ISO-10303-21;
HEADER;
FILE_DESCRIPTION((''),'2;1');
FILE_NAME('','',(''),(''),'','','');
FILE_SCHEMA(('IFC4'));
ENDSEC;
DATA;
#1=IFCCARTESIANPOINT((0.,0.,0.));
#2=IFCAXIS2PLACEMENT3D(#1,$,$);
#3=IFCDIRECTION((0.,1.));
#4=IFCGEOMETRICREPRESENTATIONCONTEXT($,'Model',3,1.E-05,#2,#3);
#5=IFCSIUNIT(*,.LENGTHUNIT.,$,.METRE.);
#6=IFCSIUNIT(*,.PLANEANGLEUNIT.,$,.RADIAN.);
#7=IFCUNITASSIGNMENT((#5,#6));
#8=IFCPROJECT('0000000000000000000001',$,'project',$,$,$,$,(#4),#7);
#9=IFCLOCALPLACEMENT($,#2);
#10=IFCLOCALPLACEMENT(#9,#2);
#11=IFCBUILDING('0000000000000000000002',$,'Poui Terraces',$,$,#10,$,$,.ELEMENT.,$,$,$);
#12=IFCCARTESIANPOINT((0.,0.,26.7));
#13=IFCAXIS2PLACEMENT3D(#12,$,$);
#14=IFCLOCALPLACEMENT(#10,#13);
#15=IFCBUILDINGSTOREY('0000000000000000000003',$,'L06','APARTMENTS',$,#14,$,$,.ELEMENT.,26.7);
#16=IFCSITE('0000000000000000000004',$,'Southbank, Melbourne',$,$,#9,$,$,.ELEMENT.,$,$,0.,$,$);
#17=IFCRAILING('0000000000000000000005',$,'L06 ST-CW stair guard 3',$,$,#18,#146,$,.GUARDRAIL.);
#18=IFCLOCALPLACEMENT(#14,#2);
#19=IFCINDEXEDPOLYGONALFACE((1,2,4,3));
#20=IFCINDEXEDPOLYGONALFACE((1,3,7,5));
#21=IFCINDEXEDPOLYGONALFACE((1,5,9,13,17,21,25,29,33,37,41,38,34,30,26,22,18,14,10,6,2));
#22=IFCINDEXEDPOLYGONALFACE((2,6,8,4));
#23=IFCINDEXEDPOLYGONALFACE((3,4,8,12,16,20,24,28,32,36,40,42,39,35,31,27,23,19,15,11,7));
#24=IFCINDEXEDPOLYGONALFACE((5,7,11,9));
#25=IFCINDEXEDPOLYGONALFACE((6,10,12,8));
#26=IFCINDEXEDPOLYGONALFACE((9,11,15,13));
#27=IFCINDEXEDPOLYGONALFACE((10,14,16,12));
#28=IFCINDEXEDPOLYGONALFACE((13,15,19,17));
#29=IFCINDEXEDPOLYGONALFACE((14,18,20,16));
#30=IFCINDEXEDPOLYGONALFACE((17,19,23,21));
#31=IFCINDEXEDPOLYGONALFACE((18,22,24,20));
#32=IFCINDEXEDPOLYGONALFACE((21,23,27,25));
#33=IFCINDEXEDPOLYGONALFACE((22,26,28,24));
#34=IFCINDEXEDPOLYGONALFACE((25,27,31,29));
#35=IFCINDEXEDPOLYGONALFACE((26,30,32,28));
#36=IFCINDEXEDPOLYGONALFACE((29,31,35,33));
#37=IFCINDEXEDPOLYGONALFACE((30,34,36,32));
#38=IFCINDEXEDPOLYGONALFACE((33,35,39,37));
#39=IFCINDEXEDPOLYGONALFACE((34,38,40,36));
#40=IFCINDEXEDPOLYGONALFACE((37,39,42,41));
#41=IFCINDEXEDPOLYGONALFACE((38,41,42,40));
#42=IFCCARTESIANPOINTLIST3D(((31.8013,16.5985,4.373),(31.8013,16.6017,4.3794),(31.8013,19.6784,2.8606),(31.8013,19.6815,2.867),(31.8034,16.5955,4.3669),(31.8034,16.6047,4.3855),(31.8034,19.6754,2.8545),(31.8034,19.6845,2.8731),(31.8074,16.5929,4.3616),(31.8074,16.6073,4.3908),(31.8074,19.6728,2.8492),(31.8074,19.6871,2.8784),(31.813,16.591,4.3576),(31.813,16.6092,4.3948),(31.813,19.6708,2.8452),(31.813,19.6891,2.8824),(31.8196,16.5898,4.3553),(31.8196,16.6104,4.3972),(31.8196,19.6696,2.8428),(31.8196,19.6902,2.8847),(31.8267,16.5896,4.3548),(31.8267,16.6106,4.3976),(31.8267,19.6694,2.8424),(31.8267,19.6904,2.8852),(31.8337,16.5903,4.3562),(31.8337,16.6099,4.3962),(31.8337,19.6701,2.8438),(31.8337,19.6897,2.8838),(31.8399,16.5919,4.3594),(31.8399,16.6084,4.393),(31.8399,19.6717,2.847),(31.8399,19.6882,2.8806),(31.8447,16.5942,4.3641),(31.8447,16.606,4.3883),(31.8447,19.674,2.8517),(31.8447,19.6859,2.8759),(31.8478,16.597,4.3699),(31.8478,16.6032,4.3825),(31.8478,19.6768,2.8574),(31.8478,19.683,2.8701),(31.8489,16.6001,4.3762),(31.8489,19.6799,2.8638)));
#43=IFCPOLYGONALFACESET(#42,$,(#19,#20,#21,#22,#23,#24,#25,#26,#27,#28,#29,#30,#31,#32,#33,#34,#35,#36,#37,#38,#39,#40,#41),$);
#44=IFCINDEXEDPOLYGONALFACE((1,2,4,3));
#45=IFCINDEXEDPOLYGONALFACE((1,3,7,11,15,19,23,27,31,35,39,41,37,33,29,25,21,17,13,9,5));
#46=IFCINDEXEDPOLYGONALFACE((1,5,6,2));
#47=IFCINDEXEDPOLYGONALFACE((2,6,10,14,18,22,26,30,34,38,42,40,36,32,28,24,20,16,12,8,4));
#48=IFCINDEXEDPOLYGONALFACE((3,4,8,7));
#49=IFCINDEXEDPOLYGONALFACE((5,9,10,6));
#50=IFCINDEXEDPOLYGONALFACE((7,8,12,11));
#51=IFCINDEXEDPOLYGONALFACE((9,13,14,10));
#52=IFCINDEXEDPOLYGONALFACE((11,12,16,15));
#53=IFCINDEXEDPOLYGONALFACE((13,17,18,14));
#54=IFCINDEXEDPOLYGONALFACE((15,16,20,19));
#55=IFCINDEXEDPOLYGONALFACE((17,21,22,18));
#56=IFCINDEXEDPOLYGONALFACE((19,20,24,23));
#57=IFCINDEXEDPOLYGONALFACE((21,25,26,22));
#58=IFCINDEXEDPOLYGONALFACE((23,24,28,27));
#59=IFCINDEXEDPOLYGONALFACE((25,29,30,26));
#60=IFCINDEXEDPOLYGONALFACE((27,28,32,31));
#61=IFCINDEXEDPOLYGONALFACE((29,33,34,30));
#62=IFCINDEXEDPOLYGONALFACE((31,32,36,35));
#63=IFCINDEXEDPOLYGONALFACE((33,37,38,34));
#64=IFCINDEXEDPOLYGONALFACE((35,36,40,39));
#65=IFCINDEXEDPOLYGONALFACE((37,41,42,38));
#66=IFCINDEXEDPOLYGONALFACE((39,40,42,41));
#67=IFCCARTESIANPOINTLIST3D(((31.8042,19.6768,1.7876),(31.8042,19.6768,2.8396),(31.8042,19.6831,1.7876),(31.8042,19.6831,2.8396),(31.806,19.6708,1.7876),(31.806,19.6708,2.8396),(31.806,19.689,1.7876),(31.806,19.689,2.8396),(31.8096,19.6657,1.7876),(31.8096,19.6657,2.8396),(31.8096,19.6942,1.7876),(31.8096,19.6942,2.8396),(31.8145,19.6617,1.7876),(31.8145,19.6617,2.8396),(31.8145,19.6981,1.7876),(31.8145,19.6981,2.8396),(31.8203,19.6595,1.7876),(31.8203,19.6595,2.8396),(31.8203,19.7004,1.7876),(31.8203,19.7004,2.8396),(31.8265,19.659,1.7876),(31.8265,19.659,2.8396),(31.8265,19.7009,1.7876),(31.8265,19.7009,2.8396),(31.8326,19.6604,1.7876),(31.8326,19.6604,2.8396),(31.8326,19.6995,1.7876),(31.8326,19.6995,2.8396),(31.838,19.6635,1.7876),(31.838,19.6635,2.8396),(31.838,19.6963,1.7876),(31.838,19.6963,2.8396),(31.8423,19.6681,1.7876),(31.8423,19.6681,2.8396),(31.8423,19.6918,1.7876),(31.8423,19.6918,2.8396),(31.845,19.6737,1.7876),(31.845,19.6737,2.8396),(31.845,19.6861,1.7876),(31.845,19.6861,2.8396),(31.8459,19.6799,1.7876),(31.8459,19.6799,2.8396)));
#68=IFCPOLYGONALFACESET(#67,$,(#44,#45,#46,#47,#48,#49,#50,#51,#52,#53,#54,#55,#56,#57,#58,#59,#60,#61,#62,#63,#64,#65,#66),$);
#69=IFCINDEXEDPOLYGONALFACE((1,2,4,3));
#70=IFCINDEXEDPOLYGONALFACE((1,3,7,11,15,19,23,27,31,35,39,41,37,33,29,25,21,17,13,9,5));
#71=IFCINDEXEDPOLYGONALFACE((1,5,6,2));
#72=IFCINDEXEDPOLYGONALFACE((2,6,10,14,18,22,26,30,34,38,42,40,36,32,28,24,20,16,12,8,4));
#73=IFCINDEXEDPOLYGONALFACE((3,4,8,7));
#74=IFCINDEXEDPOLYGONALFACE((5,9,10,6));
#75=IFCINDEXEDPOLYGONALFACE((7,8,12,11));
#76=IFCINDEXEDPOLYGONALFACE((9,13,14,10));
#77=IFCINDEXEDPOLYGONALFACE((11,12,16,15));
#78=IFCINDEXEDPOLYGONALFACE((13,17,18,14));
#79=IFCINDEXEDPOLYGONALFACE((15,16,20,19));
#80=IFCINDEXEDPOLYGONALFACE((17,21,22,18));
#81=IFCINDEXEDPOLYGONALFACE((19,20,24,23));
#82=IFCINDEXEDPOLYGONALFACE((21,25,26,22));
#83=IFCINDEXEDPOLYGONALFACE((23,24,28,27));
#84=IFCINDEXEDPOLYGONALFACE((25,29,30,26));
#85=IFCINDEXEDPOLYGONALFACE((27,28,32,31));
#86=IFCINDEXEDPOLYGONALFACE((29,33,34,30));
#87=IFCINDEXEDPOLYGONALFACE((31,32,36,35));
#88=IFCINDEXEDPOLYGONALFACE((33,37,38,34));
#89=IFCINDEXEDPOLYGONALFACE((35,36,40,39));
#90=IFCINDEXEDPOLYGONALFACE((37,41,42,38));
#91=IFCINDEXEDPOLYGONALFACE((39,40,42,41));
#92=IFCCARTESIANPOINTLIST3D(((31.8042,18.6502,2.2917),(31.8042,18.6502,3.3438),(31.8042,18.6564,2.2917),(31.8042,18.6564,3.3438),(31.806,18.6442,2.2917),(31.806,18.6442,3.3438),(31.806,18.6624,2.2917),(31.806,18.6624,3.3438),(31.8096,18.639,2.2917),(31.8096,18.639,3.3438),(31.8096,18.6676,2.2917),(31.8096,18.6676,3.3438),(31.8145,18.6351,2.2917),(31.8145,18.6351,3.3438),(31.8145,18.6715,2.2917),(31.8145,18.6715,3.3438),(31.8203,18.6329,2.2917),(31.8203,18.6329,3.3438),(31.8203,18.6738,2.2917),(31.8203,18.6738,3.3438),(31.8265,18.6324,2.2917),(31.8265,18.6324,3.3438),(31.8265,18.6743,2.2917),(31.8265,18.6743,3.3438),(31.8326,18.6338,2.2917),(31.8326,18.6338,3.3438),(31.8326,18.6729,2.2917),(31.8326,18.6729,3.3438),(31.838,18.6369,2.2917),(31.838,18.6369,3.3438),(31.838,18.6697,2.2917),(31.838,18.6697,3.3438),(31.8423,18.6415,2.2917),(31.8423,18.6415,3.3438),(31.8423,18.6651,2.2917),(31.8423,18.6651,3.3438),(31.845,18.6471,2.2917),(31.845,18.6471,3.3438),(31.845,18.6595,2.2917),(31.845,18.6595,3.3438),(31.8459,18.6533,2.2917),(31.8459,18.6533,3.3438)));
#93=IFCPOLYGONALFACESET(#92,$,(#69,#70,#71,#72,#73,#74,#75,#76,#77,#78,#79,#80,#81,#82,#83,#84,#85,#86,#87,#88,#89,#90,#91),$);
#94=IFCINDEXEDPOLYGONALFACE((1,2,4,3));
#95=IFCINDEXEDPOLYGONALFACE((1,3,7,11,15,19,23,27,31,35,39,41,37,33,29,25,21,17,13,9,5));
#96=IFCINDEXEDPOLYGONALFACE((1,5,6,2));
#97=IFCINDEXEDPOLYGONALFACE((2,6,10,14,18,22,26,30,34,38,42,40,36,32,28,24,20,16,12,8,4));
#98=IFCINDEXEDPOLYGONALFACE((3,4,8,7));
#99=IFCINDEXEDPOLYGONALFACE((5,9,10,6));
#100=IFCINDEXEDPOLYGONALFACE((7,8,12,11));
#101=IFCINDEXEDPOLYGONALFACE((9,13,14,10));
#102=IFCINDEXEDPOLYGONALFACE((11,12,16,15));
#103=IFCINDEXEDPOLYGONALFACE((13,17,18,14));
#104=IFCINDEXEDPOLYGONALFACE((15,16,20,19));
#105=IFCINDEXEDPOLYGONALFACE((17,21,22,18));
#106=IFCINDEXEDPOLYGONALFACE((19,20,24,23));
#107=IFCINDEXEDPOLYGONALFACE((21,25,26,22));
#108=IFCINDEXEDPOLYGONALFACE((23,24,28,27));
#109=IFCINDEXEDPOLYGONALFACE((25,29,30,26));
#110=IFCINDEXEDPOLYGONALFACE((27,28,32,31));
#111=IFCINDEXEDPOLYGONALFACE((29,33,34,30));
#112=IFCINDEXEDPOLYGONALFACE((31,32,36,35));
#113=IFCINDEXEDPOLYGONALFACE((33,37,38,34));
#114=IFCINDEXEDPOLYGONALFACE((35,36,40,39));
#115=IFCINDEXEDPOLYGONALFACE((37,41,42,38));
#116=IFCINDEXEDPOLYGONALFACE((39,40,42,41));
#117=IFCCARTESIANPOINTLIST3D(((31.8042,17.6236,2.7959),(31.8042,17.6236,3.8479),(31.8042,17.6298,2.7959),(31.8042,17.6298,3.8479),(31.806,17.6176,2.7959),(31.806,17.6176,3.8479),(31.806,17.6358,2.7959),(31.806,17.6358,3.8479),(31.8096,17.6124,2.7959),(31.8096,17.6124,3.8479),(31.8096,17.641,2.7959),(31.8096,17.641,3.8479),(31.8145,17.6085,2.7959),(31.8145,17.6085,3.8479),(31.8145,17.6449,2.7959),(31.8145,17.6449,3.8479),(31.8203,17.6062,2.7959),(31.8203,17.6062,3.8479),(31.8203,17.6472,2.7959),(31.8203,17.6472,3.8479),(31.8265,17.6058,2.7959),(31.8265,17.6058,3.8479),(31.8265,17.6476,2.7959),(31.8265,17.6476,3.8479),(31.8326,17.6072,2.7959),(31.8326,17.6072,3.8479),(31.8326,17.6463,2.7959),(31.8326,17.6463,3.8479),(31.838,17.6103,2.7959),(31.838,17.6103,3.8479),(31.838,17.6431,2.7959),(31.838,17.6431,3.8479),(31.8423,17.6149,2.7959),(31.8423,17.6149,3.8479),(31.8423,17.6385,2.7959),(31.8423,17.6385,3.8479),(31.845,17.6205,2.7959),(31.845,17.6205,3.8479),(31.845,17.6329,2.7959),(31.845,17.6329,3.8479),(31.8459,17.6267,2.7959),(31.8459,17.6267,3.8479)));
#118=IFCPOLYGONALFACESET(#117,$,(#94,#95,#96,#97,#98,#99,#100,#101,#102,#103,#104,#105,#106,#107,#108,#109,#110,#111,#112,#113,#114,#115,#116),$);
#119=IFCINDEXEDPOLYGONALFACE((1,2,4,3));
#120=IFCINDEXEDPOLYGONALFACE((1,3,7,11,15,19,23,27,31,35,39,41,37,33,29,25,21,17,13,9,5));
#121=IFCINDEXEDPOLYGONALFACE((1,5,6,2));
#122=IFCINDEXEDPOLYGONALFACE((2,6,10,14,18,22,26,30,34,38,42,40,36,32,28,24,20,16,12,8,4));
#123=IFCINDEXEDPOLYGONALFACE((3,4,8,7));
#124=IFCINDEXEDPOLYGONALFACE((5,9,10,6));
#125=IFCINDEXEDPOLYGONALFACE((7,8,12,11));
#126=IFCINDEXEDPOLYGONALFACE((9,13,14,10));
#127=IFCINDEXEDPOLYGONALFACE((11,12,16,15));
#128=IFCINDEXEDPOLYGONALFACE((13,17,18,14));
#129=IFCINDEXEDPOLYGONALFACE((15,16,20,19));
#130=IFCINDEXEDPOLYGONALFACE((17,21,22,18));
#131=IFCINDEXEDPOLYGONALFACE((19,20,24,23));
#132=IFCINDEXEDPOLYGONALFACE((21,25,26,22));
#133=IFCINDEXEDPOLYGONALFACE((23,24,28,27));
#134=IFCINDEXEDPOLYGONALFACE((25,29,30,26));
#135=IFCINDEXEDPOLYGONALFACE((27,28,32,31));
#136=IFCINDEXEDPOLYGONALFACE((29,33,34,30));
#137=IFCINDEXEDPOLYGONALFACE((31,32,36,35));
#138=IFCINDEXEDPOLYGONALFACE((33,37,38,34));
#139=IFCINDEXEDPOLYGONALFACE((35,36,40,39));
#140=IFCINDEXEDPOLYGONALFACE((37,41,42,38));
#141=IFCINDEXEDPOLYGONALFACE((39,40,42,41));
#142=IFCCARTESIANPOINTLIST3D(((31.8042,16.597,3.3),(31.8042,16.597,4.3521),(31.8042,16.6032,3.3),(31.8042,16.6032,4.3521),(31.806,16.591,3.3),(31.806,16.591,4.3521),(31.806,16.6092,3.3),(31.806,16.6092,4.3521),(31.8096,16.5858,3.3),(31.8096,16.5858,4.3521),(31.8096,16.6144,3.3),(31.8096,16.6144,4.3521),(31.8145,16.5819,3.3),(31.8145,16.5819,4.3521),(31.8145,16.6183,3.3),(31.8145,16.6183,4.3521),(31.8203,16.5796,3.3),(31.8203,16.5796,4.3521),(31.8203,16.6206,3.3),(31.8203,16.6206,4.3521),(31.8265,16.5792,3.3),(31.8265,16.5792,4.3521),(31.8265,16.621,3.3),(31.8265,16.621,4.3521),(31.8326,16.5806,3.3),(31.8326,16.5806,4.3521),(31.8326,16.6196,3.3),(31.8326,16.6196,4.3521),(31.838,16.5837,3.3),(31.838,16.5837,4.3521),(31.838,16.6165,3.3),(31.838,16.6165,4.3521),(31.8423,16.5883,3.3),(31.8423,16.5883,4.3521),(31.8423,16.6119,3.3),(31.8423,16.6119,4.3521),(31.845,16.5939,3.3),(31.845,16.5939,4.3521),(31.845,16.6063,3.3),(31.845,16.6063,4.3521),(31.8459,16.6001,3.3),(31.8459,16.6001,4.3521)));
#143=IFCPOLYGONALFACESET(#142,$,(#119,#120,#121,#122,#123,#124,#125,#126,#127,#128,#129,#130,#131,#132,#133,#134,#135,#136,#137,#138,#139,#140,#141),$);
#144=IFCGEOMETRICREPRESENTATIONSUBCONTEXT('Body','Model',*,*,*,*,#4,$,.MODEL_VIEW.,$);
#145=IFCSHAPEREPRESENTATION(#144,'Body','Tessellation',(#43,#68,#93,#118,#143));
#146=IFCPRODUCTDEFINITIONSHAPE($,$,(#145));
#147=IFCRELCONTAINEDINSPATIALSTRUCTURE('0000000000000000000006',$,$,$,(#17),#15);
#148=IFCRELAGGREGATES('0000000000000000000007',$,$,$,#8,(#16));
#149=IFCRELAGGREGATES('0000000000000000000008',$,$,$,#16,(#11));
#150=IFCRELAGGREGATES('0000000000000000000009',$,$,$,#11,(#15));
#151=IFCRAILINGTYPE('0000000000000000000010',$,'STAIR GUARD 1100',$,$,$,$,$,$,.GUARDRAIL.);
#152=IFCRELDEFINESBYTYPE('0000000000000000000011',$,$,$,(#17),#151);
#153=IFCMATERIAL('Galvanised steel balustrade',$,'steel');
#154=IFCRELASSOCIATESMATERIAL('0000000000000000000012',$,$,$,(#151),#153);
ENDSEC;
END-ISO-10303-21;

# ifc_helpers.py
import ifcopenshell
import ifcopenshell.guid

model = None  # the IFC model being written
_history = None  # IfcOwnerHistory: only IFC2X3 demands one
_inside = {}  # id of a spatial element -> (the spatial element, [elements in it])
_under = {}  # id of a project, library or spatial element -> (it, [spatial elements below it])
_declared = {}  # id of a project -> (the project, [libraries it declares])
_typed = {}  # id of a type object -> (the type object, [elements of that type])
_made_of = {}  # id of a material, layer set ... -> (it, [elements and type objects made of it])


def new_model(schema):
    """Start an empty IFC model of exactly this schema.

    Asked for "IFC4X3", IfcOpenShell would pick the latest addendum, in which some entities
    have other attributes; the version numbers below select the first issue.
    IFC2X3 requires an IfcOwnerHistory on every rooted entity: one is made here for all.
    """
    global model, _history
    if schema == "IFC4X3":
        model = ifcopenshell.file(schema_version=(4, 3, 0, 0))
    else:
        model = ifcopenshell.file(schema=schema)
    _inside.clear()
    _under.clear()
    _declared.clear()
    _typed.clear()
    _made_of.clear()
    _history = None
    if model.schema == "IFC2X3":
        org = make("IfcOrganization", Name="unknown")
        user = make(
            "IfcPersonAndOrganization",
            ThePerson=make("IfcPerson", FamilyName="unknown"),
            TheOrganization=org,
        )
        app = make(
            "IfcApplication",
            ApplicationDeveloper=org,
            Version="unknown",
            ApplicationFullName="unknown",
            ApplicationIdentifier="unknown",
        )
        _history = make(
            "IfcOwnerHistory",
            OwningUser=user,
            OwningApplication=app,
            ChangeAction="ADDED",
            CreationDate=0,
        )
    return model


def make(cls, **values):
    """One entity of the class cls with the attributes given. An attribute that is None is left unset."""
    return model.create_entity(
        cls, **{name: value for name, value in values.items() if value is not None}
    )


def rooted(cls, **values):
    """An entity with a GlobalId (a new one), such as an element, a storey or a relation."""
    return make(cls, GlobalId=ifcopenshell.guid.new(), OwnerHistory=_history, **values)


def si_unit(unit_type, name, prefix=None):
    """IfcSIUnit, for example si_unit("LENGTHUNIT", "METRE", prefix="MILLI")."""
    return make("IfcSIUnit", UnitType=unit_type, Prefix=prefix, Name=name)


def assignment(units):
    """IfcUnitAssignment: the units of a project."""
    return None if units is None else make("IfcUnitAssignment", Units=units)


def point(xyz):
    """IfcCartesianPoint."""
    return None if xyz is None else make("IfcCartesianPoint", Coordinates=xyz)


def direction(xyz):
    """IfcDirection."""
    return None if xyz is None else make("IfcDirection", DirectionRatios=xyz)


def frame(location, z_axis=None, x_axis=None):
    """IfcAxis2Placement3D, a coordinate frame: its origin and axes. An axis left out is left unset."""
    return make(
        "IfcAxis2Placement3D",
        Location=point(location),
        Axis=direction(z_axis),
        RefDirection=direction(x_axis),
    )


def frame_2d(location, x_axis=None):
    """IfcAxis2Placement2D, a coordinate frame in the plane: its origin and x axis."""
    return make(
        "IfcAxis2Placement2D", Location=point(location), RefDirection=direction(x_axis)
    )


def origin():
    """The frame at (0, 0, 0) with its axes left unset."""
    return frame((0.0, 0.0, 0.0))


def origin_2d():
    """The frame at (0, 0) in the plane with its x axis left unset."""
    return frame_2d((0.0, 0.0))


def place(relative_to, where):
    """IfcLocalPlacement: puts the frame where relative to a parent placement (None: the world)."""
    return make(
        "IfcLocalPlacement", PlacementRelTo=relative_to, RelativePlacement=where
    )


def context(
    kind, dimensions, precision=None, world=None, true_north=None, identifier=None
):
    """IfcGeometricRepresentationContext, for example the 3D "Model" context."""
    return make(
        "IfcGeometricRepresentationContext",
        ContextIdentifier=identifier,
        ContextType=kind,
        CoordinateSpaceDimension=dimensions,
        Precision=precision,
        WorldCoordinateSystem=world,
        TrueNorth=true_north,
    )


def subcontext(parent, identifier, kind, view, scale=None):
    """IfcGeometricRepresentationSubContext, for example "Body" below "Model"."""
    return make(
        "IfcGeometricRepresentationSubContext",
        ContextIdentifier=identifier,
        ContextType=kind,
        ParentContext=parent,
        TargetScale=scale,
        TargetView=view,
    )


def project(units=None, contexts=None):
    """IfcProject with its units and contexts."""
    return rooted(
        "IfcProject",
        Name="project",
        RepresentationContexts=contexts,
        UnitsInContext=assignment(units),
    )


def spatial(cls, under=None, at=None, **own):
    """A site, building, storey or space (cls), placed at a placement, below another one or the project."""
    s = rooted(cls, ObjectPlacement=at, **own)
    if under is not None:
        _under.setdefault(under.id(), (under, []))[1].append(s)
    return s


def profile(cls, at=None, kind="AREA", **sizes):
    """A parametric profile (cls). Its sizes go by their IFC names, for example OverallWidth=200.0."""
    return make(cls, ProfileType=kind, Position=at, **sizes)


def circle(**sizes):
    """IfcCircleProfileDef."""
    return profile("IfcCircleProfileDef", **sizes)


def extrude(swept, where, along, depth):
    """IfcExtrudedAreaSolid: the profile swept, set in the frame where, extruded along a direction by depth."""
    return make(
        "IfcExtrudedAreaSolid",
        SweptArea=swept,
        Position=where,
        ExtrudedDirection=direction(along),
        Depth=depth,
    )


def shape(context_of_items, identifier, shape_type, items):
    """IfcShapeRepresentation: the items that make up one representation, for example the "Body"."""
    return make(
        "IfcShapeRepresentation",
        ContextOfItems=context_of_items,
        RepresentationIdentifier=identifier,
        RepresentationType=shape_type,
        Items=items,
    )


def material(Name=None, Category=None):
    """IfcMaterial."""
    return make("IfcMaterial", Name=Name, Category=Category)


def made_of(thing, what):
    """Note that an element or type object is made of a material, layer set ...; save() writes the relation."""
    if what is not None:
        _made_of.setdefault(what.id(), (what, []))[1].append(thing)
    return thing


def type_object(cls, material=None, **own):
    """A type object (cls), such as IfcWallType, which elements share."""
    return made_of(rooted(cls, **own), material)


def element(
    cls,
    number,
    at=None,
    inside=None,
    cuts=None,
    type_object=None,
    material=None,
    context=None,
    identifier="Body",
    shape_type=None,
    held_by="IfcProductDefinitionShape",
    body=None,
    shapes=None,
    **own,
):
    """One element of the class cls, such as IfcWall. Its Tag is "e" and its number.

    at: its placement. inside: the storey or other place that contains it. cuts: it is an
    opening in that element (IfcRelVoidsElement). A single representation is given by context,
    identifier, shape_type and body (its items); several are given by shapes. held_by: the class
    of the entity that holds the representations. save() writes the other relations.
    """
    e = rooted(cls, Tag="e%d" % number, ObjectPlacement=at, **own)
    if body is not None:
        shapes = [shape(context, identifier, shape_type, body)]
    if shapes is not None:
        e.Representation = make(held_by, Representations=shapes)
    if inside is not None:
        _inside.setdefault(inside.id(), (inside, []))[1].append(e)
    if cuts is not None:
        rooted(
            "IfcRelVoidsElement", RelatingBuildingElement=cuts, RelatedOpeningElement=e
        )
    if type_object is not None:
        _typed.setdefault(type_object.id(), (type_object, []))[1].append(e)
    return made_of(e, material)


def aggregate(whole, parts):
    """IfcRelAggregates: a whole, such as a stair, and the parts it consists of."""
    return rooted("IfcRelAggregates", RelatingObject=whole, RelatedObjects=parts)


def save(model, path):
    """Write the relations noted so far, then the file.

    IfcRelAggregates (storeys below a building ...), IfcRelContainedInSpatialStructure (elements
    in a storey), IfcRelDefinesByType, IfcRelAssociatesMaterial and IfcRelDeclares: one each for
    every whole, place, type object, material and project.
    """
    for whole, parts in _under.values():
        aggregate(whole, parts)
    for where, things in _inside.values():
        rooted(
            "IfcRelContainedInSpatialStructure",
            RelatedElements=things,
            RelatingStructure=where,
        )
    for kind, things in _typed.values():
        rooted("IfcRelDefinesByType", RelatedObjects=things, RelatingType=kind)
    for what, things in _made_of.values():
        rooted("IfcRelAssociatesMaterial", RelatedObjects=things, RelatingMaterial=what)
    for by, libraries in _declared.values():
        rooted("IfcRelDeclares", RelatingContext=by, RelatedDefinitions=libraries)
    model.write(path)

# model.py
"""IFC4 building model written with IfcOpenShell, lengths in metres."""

from ifc_helpers import new_model, si_unit, direction, frame, origin, origin_2d, place, context, subcontext, project, spatial, circle, extrude, material, type_object, element, save


model = new_model("IFC4")

# Units and contexts
model_context = context("Model", 3, precision=1e-05, world=origin(), true_north=direction((0.0, 1.0)))
body_context = subcontext(model_context, "Body", "Model", "MODEL_VIEW")
ifc_project = project(units=[si_unit("LENGTHUNIT", "METRE"), si_unit("PLANEANGLEUNIT", "RADIAN")], contexts=[model_context])

# Site, building, storey
site_placement = place(None, origin())
site = spatial("IfcSite", under=ifc_project, at=site_placement, Name="Southbank, Melbourne", CompositionType="ELEMENT", RefElevation=0.0)
building_placement = place(site_placement, origin())
building = spatial("IfcBuilding", under=site, at=building_placement, Name="Poui Terraces", CompositionType="ELEMENT")
storey_placement = place(building_placement, frame((0.0, 0.0, 26.7)))
storey = spatial("IfcBuildingStorey", under=building, at=storey_placement, Name="L06", Description="APARTMENTS", CompositionType="ELEMENT", Elevation=26.7)

# Railing
ifc_material_1 = material(Name="Galvanised steel balustrade", Category="steel")
railing_type_1 = type_object("IfcRailingType", Name="STAIR GUARD 1100", PredefinedType="GUARDRAIL", material=ifc_material_1)
railing_1_placement = place(storey_placement, frame((31.825, 19.6799, 1.7876)))
element("IfcRailing", 1, at=railing_1_placement, inside=storey, type_object=railing_type_1, Name="L06 ST-CW stair guard 3", PredefinedType="GUARDRAIL", context=body_context, shape_type="SweptSolid", body=[
    extrude(circle(Radius=0.0239, at=origin_2d()), frame((0.0, 0.0, 1.0762), z_axis=(0.0, -0.897606, 0.440798), x_axis=(1.0, 0.0, 0.0)), (0.0, 0.0, 1.0), 3.4312),
    extrude(circle(Radius=0.021, at=origin_2d()), origin(), (0.0, 0.0, 1.0), 1.052),
    extrude(circle(Radius=0.021, at=origin_2d()), frame((0.0, -1.0266, 0.5042)), (0.0, 0.0, 1.0), 1.052),
    extrude(circle(Radius=0.021, at=origin_2d()), frame((0.0, -2.0532, 1.0083)), (0.0, 0.0, 1.0), 1.052),
    extrude(circle(Radius=0.021, at=origin_2d()), frame((0.0, -3.0798, 1.5125)), (0.0, 0.0, 1.0), 1.052),
])

save(model, "model.ifc")
